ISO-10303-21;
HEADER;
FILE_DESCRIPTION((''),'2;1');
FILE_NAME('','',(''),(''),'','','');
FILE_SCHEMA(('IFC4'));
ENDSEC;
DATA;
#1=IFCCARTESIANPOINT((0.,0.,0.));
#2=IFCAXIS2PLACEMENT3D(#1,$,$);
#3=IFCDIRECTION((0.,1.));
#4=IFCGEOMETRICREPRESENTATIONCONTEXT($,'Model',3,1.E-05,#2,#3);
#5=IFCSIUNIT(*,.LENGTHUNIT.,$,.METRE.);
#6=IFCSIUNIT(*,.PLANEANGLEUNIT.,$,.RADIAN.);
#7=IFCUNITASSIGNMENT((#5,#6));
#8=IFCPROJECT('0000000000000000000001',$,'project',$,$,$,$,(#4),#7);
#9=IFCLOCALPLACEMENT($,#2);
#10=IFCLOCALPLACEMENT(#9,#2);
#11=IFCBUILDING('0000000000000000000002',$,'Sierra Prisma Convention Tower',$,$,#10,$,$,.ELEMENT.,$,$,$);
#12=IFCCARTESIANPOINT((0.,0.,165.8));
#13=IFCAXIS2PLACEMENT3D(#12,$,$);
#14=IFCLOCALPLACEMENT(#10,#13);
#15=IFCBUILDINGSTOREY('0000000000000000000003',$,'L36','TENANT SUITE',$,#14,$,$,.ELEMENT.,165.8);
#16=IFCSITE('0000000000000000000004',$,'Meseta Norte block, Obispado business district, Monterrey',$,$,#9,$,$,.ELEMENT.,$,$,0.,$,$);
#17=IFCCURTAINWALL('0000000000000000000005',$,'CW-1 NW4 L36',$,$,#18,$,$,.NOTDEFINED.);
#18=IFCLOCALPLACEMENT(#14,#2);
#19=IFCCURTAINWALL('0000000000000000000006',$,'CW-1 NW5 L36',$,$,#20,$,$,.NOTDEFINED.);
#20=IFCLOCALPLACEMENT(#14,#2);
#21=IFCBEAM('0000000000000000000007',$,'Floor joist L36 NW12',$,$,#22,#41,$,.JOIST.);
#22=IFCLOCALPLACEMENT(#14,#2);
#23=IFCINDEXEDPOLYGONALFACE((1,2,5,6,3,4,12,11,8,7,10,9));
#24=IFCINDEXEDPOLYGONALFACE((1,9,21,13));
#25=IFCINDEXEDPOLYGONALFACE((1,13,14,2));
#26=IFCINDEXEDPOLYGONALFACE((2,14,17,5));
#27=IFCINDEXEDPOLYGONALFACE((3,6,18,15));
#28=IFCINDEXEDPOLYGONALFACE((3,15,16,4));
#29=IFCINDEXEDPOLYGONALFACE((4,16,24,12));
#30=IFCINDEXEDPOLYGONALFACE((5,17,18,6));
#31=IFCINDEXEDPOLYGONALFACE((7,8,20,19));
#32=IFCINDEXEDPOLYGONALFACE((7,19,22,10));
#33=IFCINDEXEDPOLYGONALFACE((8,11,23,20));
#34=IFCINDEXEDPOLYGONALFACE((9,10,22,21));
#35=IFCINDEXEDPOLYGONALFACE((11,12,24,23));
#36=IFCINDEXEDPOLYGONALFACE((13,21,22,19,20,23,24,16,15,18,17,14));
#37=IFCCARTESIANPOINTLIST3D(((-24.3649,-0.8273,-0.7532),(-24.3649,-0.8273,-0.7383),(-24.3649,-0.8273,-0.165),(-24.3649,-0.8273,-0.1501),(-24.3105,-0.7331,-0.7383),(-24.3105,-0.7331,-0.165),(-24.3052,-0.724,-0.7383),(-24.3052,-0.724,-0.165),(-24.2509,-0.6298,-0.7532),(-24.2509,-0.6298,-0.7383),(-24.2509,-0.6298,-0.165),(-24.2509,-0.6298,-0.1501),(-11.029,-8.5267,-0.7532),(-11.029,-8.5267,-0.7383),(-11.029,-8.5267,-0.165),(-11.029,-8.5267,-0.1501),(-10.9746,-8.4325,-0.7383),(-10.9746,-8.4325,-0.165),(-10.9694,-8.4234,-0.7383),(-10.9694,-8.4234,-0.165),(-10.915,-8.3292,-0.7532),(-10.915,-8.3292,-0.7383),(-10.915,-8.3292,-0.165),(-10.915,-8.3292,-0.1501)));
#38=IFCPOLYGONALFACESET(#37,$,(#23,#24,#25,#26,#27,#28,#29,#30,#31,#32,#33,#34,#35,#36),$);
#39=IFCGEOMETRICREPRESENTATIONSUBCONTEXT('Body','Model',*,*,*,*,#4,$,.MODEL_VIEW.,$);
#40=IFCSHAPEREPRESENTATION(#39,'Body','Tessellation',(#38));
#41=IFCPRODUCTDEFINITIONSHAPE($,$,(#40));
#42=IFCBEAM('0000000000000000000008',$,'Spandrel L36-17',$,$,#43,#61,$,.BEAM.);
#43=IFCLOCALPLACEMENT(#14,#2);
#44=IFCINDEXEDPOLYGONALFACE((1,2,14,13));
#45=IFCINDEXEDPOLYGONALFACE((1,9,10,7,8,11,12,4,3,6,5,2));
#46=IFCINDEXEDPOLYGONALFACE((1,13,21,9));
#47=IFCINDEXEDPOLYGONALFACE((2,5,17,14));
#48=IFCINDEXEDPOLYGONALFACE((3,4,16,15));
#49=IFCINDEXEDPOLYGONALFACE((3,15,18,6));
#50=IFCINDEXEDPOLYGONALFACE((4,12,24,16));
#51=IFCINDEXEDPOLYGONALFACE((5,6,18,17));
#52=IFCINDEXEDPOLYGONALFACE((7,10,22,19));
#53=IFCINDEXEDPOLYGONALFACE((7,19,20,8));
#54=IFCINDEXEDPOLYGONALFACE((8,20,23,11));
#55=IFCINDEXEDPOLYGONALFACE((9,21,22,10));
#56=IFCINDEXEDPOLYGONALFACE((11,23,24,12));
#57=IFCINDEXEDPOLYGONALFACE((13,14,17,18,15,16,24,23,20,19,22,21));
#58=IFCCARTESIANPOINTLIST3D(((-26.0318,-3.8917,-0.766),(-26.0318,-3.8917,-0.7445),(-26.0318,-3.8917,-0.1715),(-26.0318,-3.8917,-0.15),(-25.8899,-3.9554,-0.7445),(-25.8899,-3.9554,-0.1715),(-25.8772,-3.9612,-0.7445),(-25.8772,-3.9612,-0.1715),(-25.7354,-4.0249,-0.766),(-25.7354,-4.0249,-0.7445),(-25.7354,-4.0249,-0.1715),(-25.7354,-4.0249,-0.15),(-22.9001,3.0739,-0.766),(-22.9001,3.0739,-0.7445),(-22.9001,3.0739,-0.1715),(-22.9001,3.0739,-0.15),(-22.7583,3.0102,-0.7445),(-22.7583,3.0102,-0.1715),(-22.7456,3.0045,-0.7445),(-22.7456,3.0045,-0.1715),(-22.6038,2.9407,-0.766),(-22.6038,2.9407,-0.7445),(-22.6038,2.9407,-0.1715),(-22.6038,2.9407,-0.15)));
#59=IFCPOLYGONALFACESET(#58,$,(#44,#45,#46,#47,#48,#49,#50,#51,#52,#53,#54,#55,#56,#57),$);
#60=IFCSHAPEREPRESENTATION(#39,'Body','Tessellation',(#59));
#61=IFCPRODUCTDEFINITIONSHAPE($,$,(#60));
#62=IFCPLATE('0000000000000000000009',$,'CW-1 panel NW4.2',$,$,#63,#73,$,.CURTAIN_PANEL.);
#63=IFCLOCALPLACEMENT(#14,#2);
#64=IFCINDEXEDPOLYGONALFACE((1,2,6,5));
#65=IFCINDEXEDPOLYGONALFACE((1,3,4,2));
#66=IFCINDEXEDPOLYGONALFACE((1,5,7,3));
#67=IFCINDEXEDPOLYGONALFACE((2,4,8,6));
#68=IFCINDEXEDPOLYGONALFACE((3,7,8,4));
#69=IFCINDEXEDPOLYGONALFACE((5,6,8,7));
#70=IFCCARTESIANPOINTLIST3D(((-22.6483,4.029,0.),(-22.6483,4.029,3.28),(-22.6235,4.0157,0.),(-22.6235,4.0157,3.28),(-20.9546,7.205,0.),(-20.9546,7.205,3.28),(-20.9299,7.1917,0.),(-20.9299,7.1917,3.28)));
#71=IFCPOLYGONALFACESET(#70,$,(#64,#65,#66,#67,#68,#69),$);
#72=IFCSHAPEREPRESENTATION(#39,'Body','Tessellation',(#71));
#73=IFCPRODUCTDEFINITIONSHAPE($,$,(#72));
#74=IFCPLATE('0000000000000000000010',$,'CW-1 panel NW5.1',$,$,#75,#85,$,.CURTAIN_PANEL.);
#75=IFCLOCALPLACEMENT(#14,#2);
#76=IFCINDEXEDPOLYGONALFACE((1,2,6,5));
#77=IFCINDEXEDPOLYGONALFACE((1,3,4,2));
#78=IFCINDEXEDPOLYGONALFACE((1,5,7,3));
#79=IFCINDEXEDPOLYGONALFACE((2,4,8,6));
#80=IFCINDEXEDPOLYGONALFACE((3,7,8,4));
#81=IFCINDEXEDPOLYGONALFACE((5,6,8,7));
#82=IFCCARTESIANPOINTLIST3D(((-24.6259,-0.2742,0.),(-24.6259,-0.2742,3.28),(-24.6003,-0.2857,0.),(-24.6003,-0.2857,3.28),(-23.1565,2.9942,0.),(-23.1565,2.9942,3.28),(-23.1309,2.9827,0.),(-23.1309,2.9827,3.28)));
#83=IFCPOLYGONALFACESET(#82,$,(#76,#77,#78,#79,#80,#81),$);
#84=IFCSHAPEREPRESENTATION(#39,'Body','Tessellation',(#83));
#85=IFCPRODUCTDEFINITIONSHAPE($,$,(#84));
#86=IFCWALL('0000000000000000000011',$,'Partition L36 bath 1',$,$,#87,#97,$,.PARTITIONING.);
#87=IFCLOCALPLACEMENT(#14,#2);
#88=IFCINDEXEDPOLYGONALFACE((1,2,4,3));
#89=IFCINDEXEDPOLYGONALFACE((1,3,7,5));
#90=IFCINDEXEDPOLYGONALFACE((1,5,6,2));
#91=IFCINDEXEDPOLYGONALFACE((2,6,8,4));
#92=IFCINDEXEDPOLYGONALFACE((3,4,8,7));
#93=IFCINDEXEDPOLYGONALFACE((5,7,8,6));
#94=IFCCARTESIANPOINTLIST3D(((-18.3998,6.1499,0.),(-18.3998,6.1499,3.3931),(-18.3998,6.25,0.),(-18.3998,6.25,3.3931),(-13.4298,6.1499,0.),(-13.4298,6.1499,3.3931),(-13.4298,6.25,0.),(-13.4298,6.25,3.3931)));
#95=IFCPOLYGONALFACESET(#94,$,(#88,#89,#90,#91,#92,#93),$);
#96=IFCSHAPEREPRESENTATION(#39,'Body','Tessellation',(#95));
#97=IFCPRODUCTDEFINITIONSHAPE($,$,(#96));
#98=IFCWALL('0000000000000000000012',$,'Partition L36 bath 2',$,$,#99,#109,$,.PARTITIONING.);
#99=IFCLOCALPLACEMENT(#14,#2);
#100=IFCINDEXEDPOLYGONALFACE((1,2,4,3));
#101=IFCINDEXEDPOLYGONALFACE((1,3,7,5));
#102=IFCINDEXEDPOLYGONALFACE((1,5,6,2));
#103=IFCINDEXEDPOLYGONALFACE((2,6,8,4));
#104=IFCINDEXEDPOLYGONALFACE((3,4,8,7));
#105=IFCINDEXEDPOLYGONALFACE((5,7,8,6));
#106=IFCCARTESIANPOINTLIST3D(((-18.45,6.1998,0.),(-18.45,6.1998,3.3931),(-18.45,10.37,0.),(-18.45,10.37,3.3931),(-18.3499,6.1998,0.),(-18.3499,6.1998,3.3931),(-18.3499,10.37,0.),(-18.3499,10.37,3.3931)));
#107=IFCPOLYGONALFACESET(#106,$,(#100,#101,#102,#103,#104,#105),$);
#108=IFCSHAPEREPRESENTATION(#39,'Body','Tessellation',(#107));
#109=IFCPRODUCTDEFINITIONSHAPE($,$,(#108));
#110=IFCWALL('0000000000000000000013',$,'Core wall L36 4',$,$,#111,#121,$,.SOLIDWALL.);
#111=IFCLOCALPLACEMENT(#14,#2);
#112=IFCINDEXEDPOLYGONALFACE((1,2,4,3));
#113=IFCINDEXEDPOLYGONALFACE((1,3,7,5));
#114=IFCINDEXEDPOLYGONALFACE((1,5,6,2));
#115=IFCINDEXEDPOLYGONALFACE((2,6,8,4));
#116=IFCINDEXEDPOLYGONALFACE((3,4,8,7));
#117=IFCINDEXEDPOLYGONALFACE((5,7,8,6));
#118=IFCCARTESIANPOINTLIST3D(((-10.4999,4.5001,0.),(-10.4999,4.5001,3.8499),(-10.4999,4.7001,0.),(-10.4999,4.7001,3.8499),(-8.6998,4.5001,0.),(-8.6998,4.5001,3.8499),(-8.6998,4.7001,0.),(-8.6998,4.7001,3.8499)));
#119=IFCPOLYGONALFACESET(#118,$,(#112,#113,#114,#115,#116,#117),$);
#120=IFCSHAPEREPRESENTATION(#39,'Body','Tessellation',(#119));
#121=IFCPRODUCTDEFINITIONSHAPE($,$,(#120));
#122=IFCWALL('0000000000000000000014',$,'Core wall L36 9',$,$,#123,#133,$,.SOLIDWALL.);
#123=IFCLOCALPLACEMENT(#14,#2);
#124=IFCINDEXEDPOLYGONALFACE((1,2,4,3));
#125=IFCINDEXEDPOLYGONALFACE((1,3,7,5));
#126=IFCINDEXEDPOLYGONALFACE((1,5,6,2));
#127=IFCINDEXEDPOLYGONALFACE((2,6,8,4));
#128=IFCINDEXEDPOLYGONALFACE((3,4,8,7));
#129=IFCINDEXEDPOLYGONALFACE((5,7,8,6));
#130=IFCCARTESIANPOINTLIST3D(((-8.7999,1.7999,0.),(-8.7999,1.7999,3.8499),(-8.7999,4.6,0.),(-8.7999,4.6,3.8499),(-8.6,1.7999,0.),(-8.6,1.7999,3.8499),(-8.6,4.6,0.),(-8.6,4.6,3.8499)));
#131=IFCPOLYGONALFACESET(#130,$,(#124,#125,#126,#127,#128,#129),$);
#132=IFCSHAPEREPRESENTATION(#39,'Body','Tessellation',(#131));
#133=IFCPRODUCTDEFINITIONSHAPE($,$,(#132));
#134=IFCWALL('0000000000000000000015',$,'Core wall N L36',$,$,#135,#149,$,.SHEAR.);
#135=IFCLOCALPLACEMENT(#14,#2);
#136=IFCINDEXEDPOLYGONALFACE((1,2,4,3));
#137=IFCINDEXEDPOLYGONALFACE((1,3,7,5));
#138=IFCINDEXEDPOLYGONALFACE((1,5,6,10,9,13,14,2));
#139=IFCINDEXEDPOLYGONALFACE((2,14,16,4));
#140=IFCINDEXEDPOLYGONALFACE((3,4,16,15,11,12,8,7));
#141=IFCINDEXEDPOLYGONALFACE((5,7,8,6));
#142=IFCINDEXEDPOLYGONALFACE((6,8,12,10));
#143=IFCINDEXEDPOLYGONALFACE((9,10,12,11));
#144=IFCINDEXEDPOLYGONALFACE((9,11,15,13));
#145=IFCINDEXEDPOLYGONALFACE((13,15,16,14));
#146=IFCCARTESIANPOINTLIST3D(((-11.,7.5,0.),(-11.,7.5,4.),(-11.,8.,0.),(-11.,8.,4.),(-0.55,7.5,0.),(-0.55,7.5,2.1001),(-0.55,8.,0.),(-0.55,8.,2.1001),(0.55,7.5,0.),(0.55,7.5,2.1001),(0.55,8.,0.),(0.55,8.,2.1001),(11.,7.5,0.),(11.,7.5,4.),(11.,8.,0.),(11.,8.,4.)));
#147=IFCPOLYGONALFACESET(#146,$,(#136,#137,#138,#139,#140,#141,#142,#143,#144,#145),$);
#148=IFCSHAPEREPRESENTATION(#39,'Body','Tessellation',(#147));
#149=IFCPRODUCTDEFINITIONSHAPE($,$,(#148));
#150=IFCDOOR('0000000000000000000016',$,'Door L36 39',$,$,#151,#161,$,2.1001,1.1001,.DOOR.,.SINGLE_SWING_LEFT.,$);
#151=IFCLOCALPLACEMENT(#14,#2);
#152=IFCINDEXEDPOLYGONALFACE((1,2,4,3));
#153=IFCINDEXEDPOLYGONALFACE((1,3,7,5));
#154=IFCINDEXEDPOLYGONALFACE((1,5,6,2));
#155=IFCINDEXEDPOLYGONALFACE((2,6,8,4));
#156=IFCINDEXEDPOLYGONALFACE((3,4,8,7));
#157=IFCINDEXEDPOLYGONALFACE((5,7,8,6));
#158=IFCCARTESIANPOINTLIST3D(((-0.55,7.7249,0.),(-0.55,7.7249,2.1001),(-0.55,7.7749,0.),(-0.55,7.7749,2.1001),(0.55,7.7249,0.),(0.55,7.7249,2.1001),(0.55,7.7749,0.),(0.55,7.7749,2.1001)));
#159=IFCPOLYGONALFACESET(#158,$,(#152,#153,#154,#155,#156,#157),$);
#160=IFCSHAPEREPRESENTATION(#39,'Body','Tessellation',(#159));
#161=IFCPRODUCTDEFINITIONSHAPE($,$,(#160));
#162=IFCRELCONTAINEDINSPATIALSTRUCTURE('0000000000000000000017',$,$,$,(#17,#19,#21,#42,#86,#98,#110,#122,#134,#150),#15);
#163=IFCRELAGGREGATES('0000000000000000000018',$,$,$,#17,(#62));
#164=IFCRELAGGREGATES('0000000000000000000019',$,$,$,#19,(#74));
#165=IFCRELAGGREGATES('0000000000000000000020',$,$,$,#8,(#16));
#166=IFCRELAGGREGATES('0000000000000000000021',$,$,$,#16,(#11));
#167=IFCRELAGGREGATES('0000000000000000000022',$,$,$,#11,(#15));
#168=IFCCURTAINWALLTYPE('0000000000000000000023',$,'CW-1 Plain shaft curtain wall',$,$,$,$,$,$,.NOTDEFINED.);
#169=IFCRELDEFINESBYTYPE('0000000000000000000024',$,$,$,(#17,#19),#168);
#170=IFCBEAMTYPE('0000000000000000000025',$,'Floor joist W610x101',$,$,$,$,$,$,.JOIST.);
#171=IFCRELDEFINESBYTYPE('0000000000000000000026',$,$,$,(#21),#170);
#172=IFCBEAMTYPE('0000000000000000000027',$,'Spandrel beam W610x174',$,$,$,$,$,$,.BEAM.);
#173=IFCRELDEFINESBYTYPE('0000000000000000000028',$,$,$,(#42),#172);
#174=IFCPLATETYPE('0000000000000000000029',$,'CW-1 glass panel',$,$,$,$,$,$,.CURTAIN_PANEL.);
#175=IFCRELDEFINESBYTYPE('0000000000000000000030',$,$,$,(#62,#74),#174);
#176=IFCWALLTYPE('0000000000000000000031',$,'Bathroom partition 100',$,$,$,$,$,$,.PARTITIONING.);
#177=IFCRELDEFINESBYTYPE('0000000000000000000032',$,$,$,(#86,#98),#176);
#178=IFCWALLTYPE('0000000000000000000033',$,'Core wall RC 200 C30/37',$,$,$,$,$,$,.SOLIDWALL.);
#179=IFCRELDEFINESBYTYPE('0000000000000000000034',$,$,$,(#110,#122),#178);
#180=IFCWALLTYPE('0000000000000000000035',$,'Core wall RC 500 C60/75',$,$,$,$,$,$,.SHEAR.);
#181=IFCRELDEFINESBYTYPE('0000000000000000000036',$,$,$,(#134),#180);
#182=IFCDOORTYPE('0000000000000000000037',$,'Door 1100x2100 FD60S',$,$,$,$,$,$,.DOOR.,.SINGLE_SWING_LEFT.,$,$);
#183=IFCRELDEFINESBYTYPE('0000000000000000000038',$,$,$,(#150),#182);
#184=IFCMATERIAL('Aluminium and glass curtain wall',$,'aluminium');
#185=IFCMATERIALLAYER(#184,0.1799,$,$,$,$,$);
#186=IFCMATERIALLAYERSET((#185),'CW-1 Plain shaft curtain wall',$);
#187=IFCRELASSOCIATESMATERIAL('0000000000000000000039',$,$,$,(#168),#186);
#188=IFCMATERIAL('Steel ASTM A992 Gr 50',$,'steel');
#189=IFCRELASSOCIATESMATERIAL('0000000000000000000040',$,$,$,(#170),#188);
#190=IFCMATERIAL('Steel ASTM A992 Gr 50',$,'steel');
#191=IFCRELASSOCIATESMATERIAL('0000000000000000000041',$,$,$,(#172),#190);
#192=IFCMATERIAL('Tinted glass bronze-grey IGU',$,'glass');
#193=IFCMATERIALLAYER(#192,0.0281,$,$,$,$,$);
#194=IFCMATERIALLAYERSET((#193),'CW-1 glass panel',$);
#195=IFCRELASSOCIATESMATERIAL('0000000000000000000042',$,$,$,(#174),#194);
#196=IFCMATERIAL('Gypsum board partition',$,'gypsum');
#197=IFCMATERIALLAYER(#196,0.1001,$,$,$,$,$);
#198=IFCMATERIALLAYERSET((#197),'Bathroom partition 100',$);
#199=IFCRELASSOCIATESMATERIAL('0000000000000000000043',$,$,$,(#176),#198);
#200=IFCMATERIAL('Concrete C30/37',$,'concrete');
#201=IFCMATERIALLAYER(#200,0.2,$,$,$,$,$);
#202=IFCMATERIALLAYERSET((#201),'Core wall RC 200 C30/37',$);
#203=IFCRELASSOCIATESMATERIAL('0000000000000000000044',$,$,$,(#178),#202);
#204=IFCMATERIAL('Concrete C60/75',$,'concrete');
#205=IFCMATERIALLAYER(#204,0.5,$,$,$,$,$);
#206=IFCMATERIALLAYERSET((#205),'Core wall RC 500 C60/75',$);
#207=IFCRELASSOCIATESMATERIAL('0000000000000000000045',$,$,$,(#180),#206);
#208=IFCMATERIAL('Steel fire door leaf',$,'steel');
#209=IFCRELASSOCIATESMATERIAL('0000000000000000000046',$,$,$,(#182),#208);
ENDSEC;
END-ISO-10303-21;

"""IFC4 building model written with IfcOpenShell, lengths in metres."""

from ifc_helpers import new_model, si_unit, direction, frame, frame_2d, origin, origin_2d, place, context, subcontext, project, spatial, rectangle, i_section, extrude, material, layer, layer_set, material_profile, profile_set, type_object, element, fill, aggregate, save


model = new_model("IFC4")

# Units and contexts
model_context = context("Model", 3, precision=1e-05, world=origin(), true_north=direction((0.0, 1.0)))
body_context = subcontext(model_context, "Body", "Model", "MODEL_VIEW")
ifc_project = project(units=[si_unit("LENGTHUNIT", "METRE"), si_unit("PLANEANGLEUNIT", "RADIAN")], contexts=[model_context])

# Site, building, storey
site_placement = place(None, origin())
site = spatial("IfcSite", under=ifc_project, at=site_placement, Name="Meseta Norte block, Obispado business district, Monterrey", CompositionType="ELEMENT", RefElevation=0.0)
building_placement = place(site_placement, origin())
building = spatial("IfcBuilding", under=site, at=building_placement, Name="Sierra Prisma Convention Tower", CompositionType="ELEMENT")
storey_placement = place(building_placement, frame((0.0, 0.0, 165.8)))
storey = spatial("IfcBuildingStorey", under=building, at=storey_placement, Name="L36", Description="TENANT SUITE", CompositionType="ELEMENT", Elevation=165.8)

# Curtain wall
ifc_material_1 = material(Name="Aluminium and glass curtain wall", Category="aluminium")
ifc_layer_1 = layer(ifc_material_1, 0.1799)
ifc_layer_set_1 = layer_set([ifc_layer_1], Name="CW-1 Plain shaft curtain wall")
curtain_wall_type = type_object("IfcCurtainWallType", Name="CW-1 Plain shaft curtain wall", PredefinedType="NOTDEFINED", material=ifc_layer_set_1)
curtain_wall_1_placement = place(storey_placement, origin())
curtain_wall_1 = element("IfcCurtainWall", 1, at=curtain_wall_1_placement, inside=storey, type_object=curtain_wall_type, Name="CW-1 NW4 L36", PredefinedType="NOTDEFINED")

# Curtain wall
curtain_wall_2_placement = place(storey_placement, origin())
curtain_wall_2 = element("IfcCurtainWall", 2, at=curtain_wall_2_placement, inside=storey, type_object=curtain_wall_type, Name="CW-1 NW5 L36", PredefinedType="NOTDEFINED")

# Beams
ifc_material_2 = material(Name="Steel ASTM A992 Gr 50", Category="steel")
ifc_material_profile_1 = material_profile(ifc_material_2, i_section(OverallWidth=0.228, OverallDepth=0.603, WebThickness=0.0105, FlangeThickness=0.0149, at=origin_2d()), Name="W610x101")
ifc_profile_set_1 = profile_set([ifc_material_profile_1], Name="Steel ASTM A992 Gr 50")
beam_type_1 = type_object("IfcBeamType", Name="Floor joist W610x101", PredefinedType="JOIST", material=ifc_profile_set_1)
beam_1_placement = place(storey_placement, frame((-24.3079, -0.7285, -0.4517), z_axis=(0.866027, -0.499998, 0.0), x_axis=(0.499998, 0.866027, 0.0)))
element("IfcBeam", 3, at=beam_1_placement, inside=storey, type_object=beam_type_1, Name="Floor joist L36 NW12", PredefinedType="JOIST", context=body_context, shape_type="SweptSolid", body=[
    extrude(i_section(OverallWidth=0.228, OverallDepth=0.603, WebThickness=0.0105, FlangeThickness=0.0149, at=origin_2d()), origin(), (0.0, 0.0, 1.0), 15.3989),
])
ifc_material_3 = material(Name="Steel ASTM A992 Gr 50", Category="steel")
ifc_material_profile_2 = material_profile(ifc_material_3, i_section(OverallWidth=0.325, OverallDepth=0.616, WebThickness=0.0139, FlangeThickness=0.0215, at=origin_2d()), Name="W610x174")
ifc_profile_set_2 = profile_set([ifc_material_profile_2], Name="Steel ASTM A992 Gr 50")
beam_type_2 = type_object("IfcBeamType", Name="Spandrel beam W610x174", PredefinedType="BEAM", material=ifc_profile_set_2)
beam_2_placement = place(storey_placement, frame((-22.752, 3.0073, -0.458), z_axis=(-0.410047, -0.912064, 0.0), x_axis=(0.912064, -0.410047, 0.0)))
element("IfcBeam", 4, at=beam_2_placement, inside=storey, type_object=beam_type_2, Name="Spandrel L36-17", PredefinedType="BEAM", context=body_context, shape_type="SweptSolid", body=[
    extrude(i_section(OverallWidth=0.325, OverallDepth=0.616, WebThickness=0.0139, FlangeThickness=0.0215, at=origin_2d()), origin(), (0.0, 0.0, 1.0), 7.6372),
])

# Plates
ifc_material_4 = material(Name="Tinted glass bronze-grey IGU", Category="glass")
ifc_layer_2 = layer(ifc_material_4, 0.0281)
ifc_layer_set_2 = layer_set([ifc_layer_2], Name="CW-1 glass panel")
plate_type = type_object("IfcPlateType", Name="CW-1 glass panel", PredefinedType="CURTAIN_PANEL", material=ifc_layer_set_2)
plate_1_placement = place(storey_placement, frame((-21.7891, 5.6104, 0.0), z_axis=(0.0, 0.0, 1.0), x_axis=(-0.470541, -0.882378, 0.0)))
plate_1 = element("IfcPlate", 5, at=plate_1_placement, type_object=plate_type, Name="CW-1 panel NW4.2", PredefinedType="CURTAIN_PANEL", context=body_context, shape_type="SweptSolid", body=[
    extrude(rectangle(XDim=3.5994, YDim=0.0281, at=origin_2d()), origin(), (0.0, 0.0, 1.0), 3.28),
])
aggregate(curtain_wall_1, [plate_1])
plate_2_placement = place(storey_placement, frame((-23.8784, 1.3542, 0.0), z_axis=(0.0, 0.0, 1.0), x_axis=(-0.410056, -0.91206, 0.0)))
plate_2 = element("IfcPlate", 6, at=plate_2_placement, type_object=plate_type, Name="CW-1 panel NW5.1", PredefinedType="CURTAIN_PANEL", context=body_context, shape_type="SweptSolid", body=[
    extrude(rectangle(XDim=3.5835, YDim=0.0281, at=origin_2d()), origin(), (0.0, 0.0, 1.0), 3.28),
])
aggregate(curtain_wall_2, [plate_2])

# Walls
ifc_material_5 = material(Name="Gypsum board partition", Category="gypsum")
ifc_layer_3 = layer(ifc_material_5, 0.1001)
ifc_layer_set_3 = layer_set([ifc_layer_3], Name="Bathroom partition 100")
wall_type_1 = type_object("IfcWallType", Name="Bathroom partition 100", PredefinedType="PARTITIONING", material=ifc_layer_set_3)
wall_1_placement = place(storey_placement, frame((-13.4299, 6.2, 0.0), z_axis=(0.0, 0.0, 1.0), x_axis=(-1.0, 0.0, 0.0)))
element("IfcWall", 7, at=wall_1_placement, inside=storey, type_object=wall_type_1, Name="Partition L36 bath 1", PredefinedType="PARTITIONING", context=body_context, shape_type="SweptSolid", body=[
    extrude(rectangle(XDim=4.97, YDim=0.1001, at=frame_2d((2.4849, 0.0))), origin(), (0.0, 0.0, 1.0), 3.3931),
])
wall_2_placement = place(storey_placement, frame((-18.3999, 6.2, 0.0), z_axis=(0.0, 0.0, 1.0), x_axis=(0.0, 1.0, 0.0)))
element("IfcWall", 8, at=wall_2_placement, inside=storey, type_object=wall_type_1, Name="Partition L36 bath 2", PredefinedType="PARTITIONING", context=body_context, shape_type="SweptSolid", body=[
    extrude(rectangle(XDim=4.1702, YDim=0.1001, at=frame_2d((2.085, 0.0))), origin(), (0.0, 0.0, 1.0), 3.3931),
])

# Shared definitions
ifc_material_6 = material(Name="Concrete C30/37", Category="concrete")
ifc_layer_4 = layer(ifc_material_6, 0.2)
ifc_layer_set_4 = layer_set([ifc_layer_4], Name="Core wall RC 200 C30/37")
wall_type_2 = type_object("IfcWallType", Name="Core wall RC 200 C30/37", PredefinedType="SOLIDWALL", material=ifc_layer_set_4)

# Walls
wall_3_placement = place(storey_placement, frame((-8.7, 4.6001, 0.0), z_axis=(0.0, 0.0, 1.0), x_axis=(-1.0, 0.0, 0.0)))
element("IfcWall", 9, at=wall_3_placement, inside=storey, type_object=wall_type_2, Name="Core wall L36 4", PredefinedType="SOLIDWALL", context=body_context, shape_type="SweptSolid", body=[
    extrude(rectangle(XDim=1.8, YDim=0.2, at=frame_2d((0.8999, 0.0))), origin(), (0.0, 0.0, 1.0), 3.8499),
])
wall_4_placement = place(storey_placement, frame((-8.7, 1.8, 0.0), z_axis=(0.0, 0.0, 1.0), x_axis=(0.0, 1.0, 0.0)))
element("IfcWall", 10, at=wall_4_placement, inside=storey, type_object=wall_type_2, Name="Core wall L36 9", PredefinedType="SOLIDWALL", context=body_context, shape_type="SweptSolid", body=[
    extrude(rectangle(XDim=2.8, YDim=0.2, at=frame_2d((1.3999, 0.0))), origin(), (0.0, 0.0, 1.0), 3.8499),
])

# Wall, opening, door
ifc_material_7 = material(Name="Concrete C60/75", Category="concrete")
ifc_layer_5 = layer(ifc_material_7, 0.5)
ifc_layer_set_5 = layer_set([ifc_layer_5], Name="Core wall RC 500 C60/75")
wall_type_3 = type_object("IfcWallType", Name="Core wall RC 500 C60/75", PredefinedType="SHEAR", material=ifc_layer_set_5)
wall_5_placement = place(storey_placement, frame((-11.0, 7.75, 0.0), z_axis=(0.0, 0.0, 1.0), x_axis=(1.0, 0.0, 0.0)))
wall_5 = element("IfcWall", 11, at=wall_5_placement, inside=storey, type_object=wall_type_3, Name="Core wall N L36", PredefinedType="SHEAR", context=body_context, shape_type="SweptSolid", body=[
    extrude(rectangle(XDim=22.0, YDim=0.5, at=frame_2d((11.0, 0.0))), origin(), (0.0, 0.0, 1.0), 4.0),
])
opening_1_placement = place(wall_5_placement, frame((10.45, 0.0, 0.0)))
opening_1 = element("IfcOpeningElement", 12, at=opening_1_placement, cuts=wall_5, PredefinedType="OPENING", context=body_context, shape_type="SweptSolid", body=[
    extrude(rectangle(XDim=1.1001, YDim=2.1001, at=frame_2d((0.55, 1.05))), frame((0.0, 0.25, 0.0), z_axis=(0.0, -1.0, 0.0), x_axis=(1.0, 0.0, 0.0)), (0.0, 0.0, 1.0), 0.5),
])
ifc_material_8 = material(Name="Steel fire door leaf", Category="steel")
door_type_1 = type_object("IfcDoorType", Name="Door 1100x2100 FD60S", OperationType="SINGLE_SWING_LEFT", PredefinedType="DOOR", material=ifc_material_8)
door_1_placement = place(opening_1_placement, origin())
door_1 = element("IfcDoor", 13, at=door_1_placement, inside=storey, type_object=door_type_1, Name="Door L36 39", OperationType="SINGLE_SWING_LEFT", OverallHeight=2.1001, OverallWidth=1.1001, PredefinedType="DOOR", context=body_context, shape_type="SweptSolid", body=[
    extrude(rectangle(XDim=1.1001, YDim=2.1001, at=frame_2d((0.55, 1.05))), frame((0.0, 0.0249, 0.0), z_axis=(0.0, -1.0, 0.0), x_axis=(1.0, 0.0, 0.0)), (0.0, 0.0, 1.0), 0.05),
])
fill(opening_1, door_1)

save(model, "model.ifc")
